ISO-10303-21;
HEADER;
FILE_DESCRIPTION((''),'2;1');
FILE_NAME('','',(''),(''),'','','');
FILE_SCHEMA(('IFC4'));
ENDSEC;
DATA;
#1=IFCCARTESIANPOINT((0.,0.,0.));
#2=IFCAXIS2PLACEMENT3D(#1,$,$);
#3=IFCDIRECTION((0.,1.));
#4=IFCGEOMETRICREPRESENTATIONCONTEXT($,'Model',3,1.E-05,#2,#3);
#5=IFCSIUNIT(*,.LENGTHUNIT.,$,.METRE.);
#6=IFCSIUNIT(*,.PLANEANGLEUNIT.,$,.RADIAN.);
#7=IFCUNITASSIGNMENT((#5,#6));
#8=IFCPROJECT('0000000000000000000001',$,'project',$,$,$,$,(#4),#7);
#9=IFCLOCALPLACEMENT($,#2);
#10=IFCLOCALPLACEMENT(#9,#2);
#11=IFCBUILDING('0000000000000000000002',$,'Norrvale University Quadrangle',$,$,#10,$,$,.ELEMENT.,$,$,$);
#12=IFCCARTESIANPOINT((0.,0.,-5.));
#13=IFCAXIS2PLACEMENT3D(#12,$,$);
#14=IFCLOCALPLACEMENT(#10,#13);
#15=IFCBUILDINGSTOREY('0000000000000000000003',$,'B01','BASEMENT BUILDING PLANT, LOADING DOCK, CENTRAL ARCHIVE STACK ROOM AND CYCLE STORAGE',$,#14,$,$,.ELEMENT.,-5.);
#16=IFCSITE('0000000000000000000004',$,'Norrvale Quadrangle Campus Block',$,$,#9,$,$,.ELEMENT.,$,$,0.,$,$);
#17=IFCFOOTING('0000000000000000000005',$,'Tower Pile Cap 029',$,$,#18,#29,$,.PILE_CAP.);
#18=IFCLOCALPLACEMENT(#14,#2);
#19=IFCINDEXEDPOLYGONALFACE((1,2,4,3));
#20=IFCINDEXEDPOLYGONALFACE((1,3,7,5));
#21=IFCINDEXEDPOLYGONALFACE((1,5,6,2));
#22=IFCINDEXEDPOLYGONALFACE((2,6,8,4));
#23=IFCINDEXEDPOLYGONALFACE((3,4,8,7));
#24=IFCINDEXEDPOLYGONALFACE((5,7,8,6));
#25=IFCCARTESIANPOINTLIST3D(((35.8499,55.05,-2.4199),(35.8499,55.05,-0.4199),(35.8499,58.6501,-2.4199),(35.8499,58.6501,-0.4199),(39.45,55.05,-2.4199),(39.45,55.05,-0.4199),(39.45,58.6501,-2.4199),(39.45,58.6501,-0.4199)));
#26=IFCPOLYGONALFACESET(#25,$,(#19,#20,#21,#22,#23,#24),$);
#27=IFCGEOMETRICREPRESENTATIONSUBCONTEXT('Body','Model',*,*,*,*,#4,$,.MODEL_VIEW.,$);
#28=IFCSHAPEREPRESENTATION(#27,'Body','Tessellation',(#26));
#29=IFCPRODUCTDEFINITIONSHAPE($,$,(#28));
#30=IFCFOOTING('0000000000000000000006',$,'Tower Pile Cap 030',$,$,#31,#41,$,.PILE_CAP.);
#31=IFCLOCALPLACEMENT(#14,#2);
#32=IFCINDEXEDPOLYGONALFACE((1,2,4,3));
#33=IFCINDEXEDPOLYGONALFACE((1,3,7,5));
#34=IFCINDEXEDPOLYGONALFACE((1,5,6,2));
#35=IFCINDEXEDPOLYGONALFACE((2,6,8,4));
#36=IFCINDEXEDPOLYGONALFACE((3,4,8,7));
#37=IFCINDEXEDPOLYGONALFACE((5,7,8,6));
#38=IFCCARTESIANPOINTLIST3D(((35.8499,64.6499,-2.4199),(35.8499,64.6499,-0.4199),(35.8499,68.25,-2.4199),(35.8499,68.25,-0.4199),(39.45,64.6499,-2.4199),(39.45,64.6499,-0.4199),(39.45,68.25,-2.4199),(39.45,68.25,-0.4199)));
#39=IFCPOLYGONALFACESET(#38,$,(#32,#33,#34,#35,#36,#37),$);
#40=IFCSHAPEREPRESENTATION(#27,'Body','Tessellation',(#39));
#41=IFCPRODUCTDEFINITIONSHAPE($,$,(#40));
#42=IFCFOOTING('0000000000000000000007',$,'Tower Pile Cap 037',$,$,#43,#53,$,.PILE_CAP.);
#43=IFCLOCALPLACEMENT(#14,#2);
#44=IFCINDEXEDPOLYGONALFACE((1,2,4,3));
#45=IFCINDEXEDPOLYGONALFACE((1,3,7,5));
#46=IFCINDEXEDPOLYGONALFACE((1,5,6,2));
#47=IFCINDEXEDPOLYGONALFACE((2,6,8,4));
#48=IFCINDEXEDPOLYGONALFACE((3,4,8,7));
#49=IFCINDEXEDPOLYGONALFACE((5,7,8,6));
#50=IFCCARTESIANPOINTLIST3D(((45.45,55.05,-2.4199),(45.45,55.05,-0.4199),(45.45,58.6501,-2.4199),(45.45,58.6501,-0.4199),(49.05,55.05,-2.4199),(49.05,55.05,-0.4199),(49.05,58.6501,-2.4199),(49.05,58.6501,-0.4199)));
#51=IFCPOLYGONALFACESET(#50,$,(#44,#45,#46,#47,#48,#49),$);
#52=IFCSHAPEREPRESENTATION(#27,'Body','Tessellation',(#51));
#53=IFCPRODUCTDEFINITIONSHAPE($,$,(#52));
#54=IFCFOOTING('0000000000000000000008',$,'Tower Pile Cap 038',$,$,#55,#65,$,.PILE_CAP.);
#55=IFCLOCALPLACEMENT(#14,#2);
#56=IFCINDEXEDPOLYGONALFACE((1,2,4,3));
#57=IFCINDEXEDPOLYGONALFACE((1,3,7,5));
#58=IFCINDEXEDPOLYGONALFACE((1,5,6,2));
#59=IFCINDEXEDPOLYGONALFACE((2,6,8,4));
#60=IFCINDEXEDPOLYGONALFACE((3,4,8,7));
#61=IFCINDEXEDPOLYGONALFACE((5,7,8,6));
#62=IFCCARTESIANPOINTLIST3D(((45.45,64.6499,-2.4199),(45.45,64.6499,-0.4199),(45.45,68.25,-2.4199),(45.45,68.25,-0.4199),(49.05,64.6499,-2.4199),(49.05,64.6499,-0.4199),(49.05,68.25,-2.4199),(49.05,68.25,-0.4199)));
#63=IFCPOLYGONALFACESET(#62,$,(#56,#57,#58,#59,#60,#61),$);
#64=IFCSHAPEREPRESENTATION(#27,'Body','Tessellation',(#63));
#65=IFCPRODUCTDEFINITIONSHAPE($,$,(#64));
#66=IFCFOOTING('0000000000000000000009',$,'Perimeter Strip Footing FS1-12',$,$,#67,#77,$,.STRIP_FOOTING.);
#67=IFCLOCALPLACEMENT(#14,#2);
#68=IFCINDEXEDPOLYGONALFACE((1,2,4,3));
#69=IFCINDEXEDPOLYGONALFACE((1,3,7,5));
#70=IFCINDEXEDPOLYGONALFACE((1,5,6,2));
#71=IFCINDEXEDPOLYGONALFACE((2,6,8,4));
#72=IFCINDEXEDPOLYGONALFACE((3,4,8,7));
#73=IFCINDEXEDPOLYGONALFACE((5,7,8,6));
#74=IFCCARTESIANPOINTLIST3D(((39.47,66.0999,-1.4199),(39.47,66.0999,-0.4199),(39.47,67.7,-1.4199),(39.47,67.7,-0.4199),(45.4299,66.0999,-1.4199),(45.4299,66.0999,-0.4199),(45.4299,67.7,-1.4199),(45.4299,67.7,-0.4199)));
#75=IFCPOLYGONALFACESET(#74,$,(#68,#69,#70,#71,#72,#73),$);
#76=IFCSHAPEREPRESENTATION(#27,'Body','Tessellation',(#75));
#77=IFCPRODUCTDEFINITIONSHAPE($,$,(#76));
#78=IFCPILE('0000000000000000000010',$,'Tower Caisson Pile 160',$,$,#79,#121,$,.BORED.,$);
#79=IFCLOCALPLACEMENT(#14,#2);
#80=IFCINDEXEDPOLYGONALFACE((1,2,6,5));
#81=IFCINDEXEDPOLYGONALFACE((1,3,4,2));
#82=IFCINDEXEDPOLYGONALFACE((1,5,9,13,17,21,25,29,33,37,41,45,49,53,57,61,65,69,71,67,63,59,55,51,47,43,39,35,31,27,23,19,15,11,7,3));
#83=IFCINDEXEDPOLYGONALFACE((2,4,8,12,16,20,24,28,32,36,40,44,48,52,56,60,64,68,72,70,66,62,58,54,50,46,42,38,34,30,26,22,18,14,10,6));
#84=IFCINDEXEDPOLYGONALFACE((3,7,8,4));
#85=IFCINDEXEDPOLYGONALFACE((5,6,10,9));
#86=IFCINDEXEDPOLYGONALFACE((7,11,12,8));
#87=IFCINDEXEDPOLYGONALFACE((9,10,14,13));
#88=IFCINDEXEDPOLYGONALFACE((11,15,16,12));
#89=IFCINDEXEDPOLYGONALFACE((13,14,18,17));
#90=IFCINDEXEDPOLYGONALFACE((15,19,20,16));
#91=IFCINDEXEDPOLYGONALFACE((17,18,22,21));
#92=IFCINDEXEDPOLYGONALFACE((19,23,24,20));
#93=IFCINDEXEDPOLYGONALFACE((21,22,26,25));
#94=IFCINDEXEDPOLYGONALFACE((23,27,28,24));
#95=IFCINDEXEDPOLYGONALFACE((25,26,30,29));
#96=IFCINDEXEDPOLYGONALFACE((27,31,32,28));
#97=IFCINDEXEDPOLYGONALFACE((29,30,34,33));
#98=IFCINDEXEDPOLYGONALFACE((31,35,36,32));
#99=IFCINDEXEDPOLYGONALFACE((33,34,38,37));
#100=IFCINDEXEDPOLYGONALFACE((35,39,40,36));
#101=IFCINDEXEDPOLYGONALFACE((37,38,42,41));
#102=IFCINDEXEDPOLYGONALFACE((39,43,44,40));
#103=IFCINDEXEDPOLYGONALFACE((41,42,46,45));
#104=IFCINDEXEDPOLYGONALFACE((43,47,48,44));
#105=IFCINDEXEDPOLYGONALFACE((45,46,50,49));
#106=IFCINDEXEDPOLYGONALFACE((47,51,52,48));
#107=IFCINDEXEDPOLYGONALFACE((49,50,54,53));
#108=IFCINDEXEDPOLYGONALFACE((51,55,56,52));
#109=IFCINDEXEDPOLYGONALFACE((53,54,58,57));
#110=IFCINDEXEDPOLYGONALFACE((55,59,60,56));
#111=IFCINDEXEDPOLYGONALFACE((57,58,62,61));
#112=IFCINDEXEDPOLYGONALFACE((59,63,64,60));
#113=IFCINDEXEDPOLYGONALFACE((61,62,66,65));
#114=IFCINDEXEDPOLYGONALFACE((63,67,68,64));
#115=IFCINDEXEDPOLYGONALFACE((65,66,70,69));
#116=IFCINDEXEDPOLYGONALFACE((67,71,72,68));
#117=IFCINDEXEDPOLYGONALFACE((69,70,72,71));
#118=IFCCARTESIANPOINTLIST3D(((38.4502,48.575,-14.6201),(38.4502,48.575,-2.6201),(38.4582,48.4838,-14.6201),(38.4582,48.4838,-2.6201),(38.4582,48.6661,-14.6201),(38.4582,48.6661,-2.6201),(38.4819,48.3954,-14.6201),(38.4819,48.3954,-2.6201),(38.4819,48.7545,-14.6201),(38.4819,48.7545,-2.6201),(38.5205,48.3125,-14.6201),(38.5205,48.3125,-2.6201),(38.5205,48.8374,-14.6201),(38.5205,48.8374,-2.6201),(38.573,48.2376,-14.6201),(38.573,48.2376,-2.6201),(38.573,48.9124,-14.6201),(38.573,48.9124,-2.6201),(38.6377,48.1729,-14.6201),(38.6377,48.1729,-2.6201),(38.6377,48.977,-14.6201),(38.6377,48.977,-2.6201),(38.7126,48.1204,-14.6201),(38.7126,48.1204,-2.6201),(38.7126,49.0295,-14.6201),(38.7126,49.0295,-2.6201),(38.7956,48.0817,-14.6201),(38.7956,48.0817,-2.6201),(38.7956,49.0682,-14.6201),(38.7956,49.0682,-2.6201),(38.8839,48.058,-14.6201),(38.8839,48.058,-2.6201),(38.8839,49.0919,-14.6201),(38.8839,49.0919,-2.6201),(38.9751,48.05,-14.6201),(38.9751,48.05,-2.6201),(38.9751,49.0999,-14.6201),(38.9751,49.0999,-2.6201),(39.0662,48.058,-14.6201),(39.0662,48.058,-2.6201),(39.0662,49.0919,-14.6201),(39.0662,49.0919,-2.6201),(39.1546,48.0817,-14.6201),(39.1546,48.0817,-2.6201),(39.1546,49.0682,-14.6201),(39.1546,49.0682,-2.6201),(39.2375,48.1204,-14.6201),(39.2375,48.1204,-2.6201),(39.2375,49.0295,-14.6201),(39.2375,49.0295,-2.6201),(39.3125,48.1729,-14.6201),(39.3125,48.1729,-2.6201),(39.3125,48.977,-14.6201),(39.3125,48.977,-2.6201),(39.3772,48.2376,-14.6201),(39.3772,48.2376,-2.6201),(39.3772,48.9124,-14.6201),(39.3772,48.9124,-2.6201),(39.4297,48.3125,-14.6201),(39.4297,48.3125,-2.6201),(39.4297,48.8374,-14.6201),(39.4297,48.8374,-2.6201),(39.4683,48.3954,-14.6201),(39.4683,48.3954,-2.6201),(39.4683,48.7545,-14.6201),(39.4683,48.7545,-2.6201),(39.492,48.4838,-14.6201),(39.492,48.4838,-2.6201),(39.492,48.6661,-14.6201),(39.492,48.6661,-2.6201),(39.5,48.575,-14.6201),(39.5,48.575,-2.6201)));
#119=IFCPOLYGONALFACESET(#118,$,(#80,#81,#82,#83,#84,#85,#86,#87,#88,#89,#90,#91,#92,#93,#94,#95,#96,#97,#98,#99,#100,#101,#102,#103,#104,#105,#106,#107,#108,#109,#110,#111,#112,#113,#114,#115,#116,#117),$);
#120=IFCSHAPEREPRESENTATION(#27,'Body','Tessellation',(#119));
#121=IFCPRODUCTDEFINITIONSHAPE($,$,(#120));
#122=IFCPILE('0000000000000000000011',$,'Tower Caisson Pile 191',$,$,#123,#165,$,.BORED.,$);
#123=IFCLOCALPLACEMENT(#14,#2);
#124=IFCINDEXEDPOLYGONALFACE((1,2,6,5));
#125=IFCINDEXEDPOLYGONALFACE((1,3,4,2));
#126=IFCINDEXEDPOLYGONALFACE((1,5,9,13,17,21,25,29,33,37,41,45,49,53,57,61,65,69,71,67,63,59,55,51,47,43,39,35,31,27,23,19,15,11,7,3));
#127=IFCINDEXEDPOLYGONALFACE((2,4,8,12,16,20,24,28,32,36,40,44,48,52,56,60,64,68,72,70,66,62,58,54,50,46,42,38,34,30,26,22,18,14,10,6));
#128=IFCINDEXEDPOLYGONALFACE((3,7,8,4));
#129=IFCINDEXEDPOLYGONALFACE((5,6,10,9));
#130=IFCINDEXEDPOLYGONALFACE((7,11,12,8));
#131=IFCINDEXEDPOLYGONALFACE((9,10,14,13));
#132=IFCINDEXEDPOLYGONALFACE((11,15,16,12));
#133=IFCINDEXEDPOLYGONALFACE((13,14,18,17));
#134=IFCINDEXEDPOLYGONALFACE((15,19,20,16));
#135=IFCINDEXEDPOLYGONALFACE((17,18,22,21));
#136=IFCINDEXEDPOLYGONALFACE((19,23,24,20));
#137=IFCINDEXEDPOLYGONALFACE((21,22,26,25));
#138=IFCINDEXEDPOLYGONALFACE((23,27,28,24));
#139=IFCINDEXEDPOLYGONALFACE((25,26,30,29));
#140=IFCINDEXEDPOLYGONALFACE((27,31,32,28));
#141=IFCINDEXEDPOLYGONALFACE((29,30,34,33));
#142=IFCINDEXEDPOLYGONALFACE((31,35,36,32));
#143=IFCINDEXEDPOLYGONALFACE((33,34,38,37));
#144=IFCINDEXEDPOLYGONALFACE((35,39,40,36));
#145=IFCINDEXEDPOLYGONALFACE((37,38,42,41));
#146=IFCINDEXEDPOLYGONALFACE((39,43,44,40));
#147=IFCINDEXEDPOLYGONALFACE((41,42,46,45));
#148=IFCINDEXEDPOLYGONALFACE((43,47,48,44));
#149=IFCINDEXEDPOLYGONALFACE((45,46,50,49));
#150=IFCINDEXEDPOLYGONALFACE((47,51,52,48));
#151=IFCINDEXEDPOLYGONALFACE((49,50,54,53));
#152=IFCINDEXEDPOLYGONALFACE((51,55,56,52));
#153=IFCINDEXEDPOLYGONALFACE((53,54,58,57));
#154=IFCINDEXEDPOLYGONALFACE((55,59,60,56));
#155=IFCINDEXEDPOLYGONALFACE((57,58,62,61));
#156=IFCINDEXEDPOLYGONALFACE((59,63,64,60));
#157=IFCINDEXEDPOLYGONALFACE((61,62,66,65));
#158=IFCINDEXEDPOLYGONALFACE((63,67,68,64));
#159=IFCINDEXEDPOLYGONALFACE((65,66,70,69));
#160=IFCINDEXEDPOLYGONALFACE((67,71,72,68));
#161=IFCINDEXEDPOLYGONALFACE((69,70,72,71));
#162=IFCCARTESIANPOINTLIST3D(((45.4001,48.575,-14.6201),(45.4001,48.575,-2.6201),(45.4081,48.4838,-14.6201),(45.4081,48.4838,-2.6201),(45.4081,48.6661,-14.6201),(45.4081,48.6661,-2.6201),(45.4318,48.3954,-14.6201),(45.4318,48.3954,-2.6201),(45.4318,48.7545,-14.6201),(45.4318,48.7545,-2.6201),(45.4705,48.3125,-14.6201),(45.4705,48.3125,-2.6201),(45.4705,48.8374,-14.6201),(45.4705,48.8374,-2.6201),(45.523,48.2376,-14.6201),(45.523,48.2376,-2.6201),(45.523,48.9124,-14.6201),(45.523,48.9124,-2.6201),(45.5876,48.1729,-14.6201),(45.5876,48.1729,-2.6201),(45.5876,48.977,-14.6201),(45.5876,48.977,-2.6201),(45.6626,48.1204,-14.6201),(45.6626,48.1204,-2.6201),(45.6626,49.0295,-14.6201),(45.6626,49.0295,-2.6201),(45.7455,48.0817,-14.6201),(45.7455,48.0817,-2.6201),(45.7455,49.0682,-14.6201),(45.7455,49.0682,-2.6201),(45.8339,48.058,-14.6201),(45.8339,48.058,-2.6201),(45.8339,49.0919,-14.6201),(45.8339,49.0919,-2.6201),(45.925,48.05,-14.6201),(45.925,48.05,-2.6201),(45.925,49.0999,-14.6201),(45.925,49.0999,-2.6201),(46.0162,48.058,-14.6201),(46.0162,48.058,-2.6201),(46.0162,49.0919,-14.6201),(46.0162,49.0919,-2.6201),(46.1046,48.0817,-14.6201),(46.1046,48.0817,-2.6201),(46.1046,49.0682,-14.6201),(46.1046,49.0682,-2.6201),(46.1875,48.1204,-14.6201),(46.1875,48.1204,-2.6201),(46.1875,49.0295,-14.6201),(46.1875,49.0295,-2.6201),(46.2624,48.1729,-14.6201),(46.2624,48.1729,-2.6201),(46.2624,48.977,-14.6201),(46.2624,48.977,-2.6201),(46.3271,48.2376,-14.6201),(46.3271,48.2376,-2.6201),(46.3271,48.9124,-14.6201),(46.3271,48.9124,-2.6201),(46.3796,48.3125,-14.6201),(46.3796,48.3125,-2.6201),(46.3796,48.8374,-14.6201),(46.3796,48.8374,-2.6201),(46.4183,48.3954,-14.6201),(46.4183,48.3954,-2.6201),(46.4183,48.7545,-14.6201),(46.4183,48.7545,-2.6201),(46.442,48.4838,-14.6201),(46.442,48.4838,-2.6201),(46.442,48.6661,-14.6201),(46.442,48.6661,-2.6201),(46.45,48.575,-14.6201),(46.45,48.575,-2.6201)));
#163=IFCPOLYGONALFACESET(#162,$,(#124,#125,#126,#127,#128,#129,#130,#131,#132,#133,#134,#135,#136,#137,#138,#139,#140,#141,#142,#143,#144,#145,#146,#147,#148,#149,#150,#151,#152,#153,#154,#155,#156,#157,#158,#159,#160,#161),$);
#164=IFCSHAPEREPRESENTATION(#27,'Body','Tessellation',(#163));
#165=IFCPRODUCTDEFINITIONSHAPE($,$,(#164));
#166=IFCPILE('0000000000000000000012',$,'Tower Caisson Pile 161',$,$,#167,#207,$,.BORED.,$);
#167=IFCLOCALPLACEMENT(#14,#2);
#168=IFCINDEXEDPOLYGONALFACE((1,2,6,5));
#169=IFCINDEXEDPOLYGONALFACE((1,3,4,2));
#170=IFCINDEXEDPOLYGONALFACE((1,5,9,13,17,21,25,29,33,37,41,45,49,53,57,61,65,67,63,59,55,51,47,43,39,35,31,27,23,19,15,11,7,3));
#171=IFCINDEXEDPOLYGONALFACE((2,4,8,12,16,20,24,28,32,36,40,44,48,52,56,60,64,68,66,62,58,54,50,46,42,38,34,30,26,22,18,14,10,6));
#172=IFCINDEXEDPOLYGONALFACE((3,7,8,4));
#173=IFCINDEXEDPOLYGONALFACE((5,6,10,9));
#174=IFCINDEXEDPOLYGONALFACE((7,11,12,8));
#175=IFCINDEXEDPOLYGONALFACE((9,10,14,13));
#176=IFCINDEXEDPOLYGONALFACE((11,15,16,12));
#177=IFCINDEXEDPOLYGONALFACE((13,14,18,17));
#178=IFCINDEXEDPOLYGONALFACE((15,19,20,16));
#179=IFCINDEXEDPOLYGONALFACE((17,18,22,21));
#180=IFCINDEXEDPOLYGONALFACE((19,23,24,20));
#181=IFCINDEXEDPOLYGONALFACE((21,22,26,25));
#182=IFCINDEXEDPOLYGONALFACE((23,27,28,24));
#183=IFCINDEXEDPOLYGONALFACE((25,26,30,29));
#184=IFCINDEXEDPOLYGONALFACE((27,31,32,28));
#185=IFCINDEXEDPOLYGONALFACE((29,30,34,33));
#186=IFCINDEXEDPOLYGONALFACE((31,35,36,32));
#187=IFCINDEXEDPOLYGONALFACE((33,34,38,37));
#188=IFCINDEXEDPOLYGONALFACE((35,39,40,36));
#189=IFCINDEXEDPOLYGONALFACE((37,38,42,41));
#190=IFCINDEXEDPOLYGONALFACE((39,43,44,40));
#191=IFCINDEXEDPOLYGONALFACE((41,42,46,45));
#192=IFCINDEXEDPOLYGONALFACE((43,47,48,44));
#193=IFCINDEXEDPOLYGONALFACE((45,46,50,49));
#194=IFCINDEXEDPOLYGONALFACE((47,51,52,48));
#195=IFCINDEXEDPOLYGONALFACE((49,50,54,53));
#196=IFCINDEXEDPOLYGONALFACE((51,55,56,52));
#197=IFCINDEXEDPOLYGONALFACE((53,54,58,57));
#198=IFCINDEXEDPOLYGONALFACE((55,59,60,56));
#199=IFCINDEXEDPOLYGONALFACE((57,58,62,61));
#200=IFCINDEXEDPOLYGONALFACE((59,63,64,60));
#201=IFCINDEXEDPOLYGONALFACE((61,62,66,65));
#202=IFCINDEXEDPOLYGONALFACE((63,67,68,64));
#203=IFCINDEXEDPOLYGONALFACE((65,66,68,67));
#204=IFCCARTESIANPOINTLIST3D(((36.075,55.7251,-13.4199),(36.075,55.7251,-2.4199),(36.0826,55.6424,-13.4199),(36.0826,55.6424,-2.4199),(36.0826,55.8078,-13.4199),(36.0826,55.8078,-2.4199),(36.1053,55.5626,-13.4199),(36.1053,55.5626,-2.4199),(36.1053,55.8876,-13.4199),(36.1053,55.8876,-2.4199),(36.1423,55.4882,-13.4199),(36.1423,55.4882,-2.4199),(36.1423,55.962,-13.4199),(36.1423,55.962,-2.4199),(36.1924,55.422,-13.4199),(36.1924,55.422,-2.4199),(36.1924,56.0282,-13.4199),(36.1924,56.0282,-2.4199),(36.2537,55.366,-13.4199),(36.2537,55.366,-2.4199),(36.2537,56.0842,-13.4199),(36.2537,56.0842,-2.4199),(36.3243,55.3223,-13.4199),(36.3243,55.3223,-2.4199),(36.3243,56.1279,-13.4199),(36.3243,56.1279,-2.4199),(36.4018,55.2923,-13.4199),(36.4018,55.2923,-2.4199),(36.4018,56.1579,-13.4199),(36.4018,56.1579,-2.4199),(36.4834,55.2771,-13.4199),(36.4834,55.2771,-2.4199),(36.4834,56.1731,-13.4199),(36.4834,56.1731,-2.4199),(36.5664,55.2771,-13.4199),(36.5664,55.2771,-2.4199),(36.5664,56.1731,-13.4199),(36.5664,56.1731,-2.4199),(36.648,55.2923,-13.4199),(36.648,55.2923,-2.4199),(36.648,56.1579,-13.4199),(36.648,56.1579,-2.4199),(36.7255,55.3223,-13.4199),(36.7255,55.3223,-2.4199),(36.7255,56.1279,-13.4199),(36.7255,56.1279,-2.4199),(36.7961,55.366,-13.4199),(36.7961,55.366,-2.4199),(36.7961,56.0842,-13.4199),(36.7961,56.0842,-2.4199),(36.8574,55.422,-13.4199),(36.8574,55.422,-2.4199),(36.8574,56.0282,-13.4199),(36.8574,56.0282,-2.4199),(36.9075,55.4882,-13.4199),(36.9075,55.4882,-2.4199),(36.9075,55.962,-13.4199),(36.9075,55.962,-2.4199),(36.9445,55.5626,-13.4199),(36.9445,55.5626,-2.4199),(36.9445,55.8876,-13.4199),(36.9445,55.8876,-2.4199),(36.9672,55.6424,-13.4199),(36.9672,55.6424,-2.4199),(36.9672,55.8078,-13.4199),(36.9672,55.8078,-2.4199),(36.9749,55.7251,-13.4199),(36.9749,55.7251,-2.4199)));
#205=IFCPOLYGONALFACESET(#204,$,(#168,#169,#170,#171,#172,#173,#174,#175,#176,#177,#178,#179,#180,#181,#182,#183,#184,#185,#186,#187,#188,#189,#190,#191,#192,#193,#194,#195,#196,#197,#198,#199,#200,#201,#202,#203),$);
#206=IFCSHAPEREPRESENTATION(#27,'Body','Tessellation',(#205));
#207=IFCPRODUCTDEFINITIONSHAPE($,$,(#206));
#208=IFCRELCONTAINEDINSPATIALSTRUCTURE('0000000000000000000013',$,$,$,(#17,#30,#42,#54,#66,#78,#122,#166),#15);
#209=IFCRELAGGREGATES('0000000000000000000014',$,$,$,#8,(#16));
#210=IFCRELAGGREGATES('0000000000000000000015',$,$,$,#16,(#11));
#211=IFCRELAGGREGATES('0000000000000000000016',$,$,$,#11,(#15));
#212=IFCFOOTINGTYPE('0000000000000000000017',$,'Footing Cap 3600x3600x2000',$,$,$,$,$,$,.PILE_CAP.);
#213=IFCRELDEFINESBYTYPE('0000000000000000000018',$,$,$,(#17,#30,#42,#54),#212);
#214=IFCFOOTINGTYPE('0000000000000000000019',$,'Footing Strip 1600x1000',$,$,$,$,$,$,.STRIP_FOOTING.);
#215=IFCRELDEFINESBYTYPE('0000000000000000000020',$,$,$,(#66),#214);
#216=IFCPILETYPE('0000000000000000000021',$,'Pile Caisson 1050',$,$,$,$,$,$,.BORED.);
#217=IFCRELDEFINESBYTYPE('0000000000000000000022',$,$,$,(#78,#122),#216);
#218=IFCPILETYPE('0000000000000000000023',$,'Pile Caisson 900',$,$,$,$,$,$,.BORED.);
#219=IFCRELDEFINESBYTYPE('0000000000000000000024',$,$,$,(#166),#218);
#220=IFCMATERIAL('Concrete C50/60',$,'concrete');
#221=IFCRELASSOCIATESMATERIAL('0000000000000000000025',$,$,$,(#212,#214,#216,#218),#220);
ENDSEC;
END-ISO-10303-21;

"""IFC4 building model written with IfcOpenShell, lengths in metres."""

from ifc_helpers import new_model, si_unit, direction, frame, origin, origin_2d, place, context, subcontext, project, spatial, rectangle, circle, extrude, material, material_profile, profile_set, type_object, element, save


model = new_model("IFC4")

# Units and contexts
model_context = context("Model", 3, precision=1e-05, world=origin(), true_north=direction((0.0, 1.0)))
body_context = subcontext(model_context, "Body", "Model", "MODEL_VIEW")
ifc_project = project(units=[si_unit("LENGTHUNIT", "METRE"), si_unit("PLANEANGLEUNIT", "RADIAN")], contexts=[model_context])

# Site, building, storey
site_placement = place(None, origin())
site = spatial("IfcSite", under=ifc_project, at=site_placement, Name="Norrvale Quadrangle Campus Block", CompositionType="ELEMENT", RefElevation=0.0)
building_placement = place(site_placement, origin())
building = spatial("IfcBuilding", under=site, at=building_placement, Name="Norrvale University Quadrangle", CompositionType="ELEMENT")
storey_placement = place(building_placement, frame((0.0, 0.0, -5.0)))
storey = spatial("IfcBuildingStorey", under=building, at=storey_placement, Name="B01", Description="BASEMENT BUILDING PLANT, LOADING DOCK, CENTRAL ARCHIVE STACK ROOM AND CYCLE STORAGE", CompositionType="ELEMENT", Elevation=-5.0)

# Footings
ifc_material_1 = material(Name="Concrete C50/60", Category="concrete")
footing_type_1 = type_object("IfcFootingType", Name="Footing Cap 3600x3600x2000", PredefinedType="PILE_CAP", material=ifc_material_1)
for number, where, z_axis, x_axis, name in (
    (1, (37.6499, 56.8501, -2.4199), (0.0, 0.0, 1.0), (1.0, 0.0, 0.0), "Tower Pile Cap 029"),
    (2, (37.6499, 66.45, -2.4199), (0.0, 0.0, 1.0), (1.0, 0.0, 0.0), "Tower Pile Cap 030"),
    (3, (47.25, 56.8501, -2.4199), (0.0, 0.0, 1.0), (1.0, 0.0, 0.0), "Tower Pile Cap 037"),
    (4, (47.25, 66.45, -2.4199), (0.0, 0.0, 1.0), (1.0, 0.0, 0.0), "Tower Pile Cap 038"),
):
    element("IfcFooting", number, at=place(storey_placement, frame(where, z_axis=z_axis, x_axis=x_axis)), inside=storey, type_object=footing_type_1, Name=name, PredefinedType="PILE_CAP", context=body_context, shape_type="SweptSolid", body=[
        extrude(rectangle(XDim=3.6001, YDim=3.6001, at=origin_2d()), origin(), (0.0, 0.0, 1.0), 2.0),
    ])
footing_type_2 = type_object("IfcFootingType", Name="Footing Strip 1600x1000", PredefinedType="STRIP_FOOTING", material=ifc_material_1)
footing_placement = place(storey_placement, frame((42.45, 66.8999, -1.4199), z_axis=(0.0, 0.0, 1.0), x_axis=(1.0, 0.0, 0.0)))
element("IfcFooting", 5, at=footing_placement, inside=storey, type_object=footing_type_2, Name="Perimeter Strip Footing FS1-12", PredefinedType="STRIP_FOOTING", context=body_context, shape_type="SweptSolid", body=[
    extrude(rectangle(XDim=5.96, YDim=1.6001, at=origin_2d()), origin(), (0.0, 0.0, 1.0), 1.0),
])

# Piles
ifc_material_profile_1 = material_profile(ifc_material_1, circle(Radius=0.5249, at=origin_2d()), Name="Concrete C50/60")
ifc_profile_set_1 = profile_set([ifc_material_profile_1], Name="Concrete C50/60")
pile_type_1 = type_object("IfcPileType", Name="Pile Caisson 1050", PredefinedType="BORED", material=ifc_profile_set_1)
for number, where, z_axis, x_axis, name in (
    (6, (38.9751, 48.575, -2.6201), (0.0, 0.0, -1.0), (1.0, 0.0, 0.0), "Tower Caisson Pile 160"),
    (7, (45.925, 48.575, -2.6201), (0.0, 0.0, -1.0), (1.0, 0.0, 0.0), "Tower Caisson Pile 191"),
):
    element("IfcPile", number, at=place(storey_placement, frame(where, z_axis=z_axis, x_axis=x_axis)), inside=storey, type_object=pile_type_1, Name=name, PredefinedType="BORED", context=body_context, shape_type="SweptSolid", body=[
        extrude(circle(Radius=0.5249, at=origin_2d()), origin(), (0.0, 0.0, 1.0), 12.0),
    ])
ifc_material_profile_2 = material_profile(ifc_material_1, circle(Radius=0.45, at=origin_2d()), Name="Concrete C50/60")
ifc_profile_set_2 = profile_set([ifc_material_profile_2], Name="Concrete C50/60")
pile_type_2 = type_object("IfcPileType", Name="Pile Caisson 900", PredefinedType="BORED", material=ifc_profile_set_2)
for number, where, z_axis, x_axis, name in (
    (8, (36.5249, 55.7251, -2.4199), (0.0, 0.0, -1.0), (1.0, 0.0, 0.0), "Tower Caisson Pile 161"),
):
    element("IfcPile", number, at=place(storey_placement, frame(where, z_axis=z_axis, x_axis=x_axis)), inside=storey, type_object=pile_type_2, Name=name, PredefinedType="BORED", context=body_context, shape_type="SweptSolid", body=[
        extrude(circle(Radius=0.45, at=origin_2d()), origin(), (0.0, 0.0, 1.0), 11.0),
    ])

save(model, "model.ifc")
